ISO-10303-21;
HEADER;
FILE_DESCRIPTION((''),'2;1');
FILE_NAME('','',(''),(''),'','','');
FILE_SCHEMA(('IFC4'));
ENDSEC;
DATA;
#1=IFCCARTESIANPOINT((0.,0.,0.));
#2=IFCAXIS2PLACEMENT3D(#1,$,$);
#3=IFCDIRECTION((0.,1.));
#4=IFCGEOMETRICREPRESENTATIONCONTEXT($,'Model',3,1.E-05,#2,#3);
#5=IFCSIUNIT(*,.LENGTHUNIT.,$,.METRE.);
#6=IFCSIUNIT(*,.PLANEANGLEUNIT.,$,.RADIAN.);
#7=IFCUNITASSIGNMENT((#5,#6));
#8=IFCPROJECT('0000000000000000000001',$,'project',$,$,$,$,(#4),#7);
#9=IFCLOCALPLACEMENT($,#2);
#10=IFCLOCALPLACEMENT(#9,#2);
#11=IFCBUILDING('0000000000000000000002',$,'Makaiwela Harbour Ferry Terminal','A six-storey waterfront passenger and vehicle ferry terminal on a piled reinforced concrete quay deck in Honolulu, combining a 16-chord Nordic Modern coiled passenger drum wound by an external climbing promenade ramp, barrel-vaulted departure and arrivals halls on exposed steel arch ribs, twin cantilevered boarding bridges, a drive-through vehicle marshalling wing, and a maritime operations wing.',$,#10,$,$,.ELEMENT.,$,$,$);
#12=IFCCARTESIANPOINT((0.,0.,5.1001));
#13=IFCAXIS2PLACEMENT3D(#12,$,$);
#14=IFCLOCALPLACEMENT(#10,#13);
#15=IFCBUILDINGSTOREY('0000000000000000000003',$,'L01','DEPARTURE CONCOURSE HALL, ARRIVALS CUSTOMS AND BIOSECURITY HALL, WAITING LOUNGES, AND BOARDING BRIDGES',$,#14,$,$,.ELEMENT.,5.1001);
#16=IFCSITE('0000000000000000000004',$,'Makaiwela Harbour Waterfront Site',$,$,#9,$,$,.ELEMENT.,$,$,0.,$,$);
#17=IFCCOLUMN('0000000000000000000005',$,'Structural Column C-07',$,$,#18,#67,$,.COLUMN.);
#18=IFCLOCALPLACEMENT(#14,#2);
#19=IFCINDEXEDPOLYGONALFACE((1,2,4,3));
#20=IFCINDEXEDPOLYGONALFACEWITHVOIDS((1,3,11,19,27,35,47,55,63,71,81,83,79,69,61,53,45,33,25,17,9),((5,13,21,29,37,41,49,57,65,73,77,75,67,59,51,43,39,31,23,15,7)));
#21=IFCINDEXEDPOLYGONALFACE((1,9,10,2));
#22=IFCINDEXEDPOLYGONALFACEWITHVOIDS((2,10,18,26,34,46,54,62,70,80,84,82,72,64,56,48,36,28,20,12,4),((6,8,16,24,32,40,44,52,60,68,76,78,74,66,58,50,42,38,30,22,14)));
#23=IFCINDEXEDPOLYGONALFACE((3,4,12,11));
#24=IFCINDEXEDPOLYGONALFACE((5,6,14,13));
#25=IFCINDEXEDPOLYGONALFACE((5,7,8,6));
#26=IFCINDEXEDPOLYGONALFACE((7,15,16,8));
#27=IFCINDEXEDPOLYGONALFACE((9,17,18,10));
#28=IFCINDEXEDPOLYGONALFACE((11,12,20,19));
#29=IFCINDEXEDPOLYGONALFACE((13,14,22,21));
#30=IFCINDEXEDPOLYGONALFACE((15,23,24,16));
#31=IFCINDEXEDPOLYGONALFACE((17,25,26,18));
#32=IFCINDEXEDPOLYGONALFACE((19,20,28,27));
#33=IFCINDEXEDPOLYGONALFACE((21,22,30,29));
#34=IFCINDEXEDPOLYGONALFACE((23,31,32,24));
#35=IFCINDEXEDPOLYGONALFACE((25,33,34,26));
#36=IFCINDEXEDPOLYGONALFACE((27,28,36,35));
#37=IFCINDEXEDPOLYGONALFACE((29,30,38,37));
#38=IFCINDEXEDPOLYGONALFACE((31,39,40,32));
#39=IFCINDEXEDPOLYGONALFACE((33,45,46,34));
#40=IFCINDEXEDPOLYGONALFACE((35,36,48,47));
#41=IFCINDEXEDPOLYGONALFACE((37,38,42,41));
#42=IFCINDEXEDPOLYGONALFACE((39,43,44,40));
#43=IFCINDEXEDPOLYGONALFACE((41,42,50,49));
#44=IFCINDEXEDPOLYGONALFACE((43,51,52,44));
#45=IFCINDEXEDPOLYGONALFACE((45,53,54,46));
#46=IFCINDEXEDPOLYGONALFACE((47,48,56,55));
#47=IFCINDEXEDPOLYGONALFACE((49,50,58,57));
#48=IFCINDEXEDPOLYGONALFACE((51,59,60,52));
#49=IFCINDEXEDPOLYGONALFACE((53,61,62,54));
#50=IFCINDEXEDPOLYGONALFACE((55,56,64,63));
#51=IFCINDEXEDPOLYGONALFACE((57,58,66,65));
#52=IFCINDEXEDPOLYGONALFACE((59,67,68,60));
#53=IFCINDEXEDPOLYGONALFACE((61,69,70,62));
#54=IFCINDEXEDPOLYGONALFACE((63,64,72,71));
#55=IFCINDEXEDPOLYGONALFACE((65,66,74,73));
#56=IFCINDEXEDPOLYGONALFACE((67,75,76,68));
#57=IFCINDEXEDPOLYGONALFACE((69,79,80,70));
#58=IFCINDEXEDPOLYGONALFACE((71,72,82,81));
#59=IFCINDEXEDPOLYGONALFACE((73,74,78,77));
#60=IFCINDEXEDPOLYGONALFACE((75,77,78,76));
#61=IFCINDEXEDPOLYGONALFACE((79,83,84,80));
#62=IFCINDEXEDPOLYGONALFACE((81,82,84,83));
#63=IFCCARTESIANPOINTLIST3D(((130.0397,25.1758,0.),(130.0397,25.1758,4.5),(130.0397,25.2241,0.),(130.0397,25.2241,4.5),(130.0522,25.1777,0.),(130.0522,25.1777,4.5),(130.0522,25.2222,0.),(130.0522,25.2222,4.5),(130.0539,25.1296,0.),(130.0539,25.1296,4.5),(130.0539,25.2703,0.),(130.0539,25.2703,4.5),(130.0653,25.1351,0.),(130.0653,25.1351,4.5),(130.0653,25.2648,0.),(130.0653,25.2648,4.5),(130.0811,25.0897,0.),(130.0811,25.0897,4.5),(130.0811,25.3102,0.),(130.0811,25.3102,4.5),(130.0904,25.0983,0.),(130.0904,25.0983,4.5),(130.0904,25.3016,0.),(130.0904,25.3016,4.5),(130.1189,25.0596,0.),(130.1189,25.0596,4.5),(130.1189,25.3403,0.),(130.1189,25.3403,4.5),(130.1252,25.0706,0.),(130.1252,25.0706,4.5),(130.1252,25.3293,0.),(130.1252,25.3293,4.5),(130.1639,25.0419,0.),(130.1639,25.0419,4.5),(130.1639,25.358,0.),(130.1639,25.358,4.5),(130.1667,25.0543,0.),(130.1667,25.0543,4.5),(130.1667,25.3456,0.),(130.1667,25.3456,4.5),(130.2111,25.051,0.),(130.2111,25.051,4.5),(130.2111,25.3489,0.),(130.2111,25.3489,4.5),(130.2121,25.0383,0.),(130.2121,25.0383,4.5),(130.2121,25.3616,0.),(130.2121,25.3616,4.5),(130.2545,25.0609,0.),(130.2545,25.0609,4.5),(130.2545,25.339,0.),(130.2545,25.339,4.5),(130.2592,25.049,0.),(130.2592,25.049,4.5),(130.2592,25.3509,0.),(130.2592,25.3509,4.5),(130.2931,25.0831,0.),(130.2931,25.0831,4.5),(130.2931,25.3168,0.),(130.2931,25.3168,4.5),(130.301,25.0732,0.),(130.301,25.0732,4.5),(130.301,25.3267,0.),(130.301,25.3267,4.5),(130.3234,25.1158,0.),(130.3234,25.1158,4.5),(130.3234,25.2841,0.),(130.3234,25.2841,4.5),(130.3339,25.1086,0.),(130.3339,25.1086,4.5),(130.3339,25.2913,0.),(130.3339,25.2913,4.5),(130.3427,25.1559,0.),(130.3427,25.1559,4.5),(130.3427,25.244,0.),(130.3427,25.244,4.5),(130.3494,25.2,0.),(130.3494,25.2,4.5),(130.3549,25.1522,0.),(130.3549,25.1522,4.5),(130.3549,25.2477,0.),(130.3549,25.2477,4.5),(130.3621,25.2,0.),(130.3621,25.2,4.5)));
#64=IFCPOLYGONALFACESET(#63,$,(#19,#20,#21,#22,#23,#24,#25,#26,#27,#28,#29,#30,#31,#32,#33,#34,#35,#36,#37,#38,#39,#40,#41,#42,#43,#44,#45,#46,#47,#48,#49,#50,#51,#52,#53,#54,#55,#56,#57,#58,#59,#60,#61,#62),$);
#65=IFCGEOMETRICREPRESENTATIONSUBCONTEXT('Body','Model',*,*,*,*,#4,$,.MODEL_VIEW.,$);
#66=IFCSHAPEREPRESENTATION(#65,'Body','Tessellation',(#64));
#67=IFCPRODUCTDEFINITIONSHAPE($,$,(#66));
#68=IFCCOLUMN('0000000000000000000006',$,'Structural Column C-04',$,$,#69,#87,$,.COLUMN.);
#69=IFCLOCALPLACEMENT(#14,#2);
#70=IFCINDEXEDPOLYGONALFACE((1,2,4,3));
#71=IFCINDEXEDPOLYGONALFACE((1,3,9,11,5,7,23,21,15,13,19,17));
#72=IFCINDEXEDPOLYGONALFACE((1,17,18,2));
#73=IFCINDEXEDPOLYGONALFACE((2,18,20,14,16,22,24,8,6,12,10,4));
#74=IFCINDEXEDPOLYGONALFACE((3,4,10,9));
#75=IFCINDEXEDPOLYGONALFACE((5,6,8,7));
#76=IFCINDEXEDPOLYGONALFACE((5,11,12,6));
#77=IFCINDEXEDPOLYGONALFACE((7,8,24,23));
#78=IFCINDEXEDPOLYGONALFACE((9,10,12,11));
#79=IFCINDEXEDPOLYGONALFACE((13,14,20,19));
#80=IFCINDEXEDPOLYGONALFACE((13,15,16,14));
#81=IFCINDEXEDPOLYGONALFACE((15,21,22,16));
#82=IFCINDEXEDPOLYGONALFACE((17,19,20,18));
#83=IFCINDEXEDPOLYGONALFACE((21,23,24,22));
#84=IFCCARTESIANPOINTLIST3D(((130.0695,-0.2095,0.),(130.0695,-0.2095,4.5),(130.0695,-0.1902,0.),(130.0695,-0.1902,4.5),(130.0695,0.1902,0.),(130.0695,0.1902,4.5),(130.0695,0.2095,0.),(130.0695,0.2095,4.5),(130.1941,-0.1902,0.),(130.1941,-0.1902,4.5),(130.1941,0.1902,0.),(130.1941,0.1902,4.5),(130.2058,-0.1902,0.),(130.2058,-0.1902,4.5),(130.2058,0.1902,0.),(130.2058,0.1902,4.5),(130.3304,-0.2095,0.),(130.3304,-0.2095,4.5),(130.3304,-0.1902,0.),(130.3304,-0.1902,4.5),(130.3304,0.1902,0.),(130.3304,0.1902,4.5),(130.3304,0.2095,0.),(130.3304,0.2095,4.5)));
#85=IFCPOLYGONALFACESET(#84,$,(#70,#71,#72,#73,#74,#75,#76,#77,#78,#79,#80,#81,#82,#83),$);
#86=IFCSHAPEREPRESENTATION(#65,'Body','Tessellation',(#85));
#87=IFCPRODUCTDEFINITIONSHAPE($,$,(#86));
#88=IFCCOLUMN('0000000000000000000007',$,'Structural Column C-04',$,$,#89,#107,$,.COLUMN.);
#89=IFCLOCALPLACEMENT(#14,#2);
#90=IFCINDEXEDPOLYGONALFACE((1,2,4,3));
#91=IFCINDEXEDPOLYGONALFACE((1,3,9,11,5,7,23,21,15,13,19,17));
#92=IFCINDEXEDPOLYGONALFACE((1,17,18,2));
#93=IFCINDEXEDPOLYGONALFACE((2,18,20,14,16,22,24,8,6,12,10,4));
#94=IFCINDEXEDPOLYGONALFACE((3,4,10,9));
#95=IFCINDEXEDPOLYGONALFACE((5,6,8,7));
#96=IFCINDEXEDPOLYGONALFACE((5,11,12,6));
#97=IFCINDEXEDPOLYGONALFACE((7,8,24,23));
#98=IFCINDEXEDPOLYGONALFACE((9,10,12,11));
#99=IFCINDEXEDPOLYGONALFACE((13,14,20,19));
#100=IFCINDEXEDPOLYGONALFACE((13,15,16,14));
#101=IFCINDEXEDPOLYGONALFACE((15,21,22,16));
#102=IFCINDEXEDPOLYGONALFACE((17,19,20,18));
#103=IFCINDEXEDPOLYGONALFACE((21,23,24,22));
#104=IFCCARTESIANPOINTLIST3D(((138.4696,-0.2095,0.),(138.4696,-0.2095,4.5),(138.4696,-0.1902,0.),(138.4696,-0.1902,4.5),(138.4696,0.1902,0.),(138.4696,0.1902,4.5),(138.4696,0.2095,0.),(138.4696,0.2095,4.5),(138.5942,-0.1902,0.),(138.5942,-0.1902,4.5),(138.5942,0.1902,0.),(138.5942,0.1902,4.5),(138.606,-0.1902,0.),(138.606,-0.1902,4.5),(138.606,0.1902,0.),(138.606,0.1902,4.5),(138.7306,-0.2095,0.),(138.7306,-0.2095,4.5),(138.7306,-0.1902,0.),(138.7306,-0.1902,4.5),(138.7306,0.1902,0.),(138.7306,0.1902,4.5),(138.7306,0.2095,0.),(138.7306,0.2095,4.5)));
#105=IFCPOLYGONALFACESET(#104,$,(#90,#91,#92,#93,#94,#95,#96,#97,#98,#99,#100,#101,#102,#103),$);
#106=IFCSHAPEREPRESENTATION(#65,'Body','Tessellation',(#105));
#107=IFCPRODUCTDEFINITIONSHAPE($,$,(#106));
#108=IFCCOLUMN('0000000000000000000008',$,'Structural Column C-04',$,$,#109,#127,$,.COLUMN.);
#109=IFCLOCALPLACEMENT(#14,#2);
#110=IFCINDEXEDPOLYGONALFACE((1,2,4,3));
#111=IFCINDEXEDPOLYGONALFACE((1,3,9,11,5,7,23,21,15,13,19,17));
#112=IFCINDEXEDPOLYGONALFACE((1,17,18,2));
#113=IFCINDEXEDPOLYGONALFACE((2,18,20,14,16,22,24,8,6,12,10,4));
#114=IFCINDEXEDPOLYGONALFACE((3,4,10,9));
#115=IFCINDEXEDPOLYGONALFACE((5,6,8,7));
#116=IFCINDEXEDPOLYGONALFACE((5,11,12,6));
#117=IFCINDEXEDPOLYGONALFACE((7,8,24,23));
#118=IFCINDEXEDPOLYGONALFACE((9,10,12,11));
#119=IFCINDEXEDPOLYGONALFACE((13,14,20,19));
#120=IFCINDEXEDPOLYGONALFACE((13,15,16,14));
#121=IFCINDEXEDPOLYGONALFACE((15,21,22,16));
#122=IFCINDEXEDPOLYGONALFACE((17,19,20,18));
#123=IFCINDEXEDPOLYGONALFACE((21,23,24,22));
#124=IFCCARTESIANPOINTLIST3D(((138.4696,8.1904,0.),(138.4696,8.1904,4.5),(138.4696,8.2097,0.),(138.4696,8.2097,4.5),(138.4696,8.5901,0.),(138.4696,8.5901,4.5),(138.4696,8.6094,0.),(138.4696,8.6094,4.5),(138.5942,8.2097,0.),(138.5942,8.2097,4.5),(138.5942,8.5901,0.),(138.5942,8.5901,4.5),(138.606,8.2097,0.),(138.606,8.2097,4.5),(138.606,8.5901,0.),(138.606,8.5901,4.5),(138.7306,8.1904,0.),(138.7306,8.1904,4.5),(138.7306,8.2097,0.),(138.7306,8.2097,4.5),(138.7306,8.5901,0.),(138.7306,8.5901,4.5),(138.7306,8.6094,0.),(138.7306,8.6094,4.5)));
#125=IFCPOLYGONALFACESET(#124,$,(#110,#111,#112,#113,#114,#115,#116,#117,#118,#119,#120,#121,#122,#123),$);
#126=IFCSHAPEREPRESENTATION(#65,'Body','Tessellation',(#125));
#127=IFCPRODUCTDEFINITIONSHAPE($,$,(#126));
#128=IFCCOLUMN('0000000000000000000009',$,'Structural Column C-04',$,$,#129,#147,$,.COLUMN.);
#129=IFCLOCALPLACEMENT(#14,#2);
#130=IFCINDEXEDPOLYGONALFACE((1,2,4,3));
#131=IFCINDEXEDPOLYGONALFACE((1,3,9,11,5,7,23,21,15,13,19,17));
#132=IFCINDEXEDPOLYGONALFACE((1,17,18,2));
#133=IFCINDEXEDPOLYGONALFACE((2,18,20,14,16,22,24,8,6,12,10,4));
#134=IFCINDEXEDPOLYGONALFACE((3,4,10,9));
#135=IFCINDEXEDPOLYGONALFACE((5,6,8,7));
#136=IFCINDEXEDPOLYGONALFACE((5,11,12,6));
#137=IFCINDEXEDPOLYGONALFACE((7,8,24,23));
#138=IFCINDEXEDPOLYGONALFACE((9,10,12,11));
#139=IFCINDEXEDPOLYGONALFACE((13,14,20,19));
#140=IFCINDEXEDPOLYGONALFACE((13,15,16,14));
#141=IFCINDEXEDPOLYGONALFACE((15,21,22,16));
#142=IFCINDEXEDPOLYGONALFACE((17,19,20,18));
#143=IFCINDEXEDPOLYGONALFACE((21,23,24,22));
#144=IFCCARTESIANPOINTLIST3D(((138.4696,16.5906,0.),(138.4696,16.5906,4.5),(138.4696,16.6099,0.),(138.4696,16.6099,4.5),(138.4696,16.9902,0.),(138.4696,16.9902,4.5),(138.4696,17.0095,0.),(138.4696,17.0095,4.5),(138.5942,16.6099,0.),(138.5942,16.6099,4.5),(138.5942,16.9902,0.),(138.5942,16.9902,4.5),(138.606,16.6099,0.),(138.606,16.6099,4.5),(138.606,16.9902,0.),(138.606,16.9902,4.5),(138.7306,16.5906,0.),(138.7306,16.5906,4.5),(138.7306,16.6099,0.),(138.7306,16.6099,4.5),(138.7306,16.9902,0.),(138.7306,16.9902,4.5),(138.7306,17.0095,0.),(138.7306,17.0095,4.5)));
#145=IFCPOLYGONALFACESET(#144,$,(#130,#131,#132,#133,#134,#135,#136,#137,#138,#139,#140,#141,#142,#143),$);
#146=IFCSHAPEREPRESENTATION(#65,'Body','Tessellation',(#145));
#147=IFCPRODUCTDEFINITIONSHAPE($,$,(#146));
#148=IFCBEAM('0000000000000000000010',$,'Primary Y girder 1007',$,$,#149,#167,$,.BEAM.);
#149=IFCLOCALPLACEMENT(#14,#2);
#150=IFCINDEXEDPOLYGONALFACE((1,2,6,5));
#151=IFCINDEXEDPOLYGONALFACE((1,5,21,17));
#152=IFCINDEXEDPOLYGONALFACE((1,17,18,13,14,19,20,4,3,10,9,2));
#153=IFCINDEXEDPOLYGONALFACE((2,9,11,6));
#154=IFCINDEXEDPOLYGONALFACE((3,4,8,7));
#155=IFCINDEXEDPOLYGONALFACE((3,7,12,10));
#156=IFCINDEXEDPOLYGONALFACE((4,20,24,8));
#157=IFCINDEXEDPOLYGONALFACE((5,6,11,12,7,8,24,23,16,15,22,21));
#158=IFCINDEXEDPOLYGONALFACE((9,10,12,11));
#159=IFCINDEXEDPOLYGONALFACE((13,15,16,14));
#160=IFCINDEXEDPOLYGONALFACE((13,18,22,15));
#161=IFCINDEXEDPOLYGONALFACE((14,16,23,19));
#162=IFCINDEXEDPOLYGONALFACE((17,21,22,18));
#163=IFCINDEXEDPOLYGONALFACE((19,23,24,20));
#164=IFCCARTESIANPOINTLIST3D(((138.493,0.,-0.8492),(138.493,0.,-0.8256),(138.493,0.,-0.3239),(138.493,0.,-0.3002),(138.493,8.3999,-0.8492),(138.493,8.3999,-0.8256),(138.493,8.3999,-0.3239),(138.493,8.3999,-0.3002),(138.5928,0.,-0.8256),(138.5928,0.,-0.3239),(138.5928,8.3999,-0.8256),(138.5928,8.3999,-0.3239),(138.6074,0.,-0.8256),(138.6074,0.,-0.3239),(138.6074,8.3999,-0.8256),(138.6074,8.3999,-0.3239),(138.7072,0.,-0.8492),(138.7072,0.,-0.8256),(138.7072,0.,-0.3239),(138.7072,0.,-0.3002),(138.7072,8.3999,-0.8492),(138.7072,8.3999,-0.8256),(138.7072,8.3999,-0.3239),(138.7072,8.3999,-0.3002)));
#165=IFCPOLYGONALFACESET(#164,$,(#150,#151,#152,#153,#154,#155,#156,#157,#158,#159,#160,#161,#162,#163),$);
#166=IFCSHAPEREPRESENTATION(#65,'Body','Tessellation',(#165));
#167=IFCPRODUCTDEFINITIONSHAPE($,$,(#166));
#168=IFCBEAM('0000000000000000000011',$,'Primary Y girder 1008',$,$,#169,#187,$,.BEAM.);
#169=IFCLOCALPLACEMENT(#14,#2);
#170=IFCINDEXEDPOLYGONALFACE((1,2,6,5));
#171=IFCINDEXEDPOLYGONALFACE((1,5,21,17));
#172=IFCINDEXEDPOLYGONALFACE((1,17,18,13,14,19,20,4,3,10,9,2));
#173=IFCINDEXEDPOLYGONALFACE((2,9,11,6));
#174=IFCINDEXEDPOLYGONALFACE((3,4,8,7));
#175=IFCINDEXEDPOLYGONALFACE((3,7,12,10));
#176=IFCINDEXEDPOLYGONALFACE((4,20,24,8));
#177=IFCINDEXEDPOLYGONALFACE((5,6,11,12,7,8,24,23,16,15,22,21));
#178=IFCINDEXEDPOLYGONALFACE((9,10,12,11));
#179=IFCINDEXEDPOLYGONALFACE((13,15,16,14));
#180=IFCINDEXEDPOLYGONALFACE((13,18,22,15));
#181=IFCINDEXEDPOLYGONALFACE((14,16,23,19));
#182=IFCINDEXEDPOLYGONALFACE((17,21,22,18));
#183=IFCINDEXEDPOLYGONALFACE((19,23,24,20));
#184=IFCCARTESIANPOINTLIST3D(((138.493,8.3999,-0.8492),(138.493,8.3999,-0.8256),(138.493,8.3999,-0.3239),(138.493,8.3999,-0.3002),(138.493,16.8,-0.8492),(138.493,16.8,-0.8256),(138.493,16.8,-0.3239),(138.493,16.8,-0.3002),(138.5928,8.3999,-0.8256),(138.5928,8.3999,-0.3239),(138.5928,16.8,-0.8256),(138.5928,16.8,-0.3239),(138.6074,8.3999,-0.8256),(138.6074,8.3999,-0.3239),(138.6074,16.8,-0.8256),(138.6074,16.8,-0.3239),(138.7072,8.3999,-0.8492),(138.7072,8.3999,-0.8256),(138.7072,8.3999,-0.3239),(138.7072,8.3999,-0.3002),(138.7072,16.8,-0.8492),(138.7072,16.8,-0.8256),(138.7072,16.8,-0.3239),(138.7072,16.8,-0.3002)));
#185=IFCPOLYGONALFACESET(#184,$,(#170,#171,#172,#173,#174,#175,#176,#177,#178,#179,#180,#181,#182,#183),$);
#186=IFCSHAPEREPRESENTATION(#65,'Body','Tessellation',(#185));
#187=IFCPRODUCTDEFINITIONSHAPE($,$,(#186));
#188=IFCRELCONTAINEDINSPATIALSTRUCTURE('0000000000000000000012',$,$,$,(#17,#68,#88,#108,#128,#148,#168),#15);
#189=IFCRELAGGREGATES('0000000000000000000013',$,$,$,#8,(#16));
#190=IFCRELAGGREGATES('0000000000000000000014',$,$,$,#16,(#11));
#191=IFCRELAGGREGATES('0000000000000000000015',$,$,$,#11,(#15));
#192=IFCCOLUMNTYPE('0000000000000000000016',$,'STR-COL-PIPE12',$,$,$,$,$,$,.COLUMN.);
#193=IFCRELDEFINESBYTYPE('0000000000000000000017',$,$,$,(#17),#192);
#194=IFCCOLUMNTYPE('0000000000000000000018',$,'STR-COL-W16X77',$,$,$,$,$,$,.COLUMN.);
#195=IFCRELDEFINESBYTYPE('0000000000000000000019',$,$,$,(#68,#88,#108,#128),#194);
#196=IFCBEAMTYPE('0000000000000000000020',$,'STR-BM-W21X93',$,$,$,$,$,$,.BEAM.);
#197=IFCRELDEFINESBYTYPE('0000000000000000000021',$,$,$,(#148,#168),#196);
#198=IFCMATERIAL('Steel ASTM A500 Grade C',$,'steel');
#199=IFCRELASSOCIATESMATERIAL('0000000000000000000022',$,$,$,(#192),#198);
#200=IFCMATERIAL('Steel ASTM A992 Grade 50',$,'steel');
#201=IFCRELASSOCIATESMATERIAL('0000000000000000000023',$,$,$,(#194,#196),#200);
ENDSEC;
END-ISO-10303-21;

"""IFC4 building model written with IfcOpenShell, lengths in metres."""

from ifc_helpers import new_model, si_unit, direction, frame, origin, origin_2d, place, context, subcontext, project, spatial, hollow_circle, i_section, extrude, material, material_profile, profile_set, type_object, element, save


model = new_model("IFC4")

# Units and contexts
model_context = context("Model", 3, precision=1e-05, world=origin(), true_north=direction((0.0, 1.0)))
body_context = subcontext(model_context, "Body", "Model", "MODEL_VIEW")
ifc_project = project(units=[si_unit("LENGTHUNIT", "METRE"), si_unit("PLANEANGLEUNIT", "RADIAN")], contexts=[model_context])

# Site, building, storey
site_placement = place(None, origin())
site = spatial("IfcSite", under=ifc_project, at=site_placement, Name="Makaiwela Harbour Waterfront Site", CompositionType="ELEMENT", RefElevation=0.0)
building_placement = place(site_placement, origin())
building = spatial("IfcBuilding", under=site, at=building_placement, Name="Makaiwela Harbour Ferry Terminal", Description="A six-storey waterfront passenger and vehicle ferry terminal on a piled reinforced concrete quay deck in Honolulu, combining a 16-chord Nordic Modern coiled passenger drum wound by an external climbing promenade ramp, barrel-vaulted departure and arrivals halls on exposed steel arch ribs, twin cantilevered boarding bridges, a drive-through vehicle marshalling wing, and a maritime operations wing.", CompositionType="ELEMENT")
storey_placement = place(building_placement, frame((0.0, 0.0, 5.1001)))
storey = spatial("IfcBuildingStorey", under=building, at=storey_placement, Name="L01", Description="DEPARTURE CONCOURSE HALL, ARRIVALS CUSTOMS AND BIOSECURITY HALL, WAITING LOUNGES, AND BOARDING BRIDGES", CompositionType="ELEMENT", Elevation=5.1001)

# Columns
ifc_material_1 = material(Name="Steel ASTM A500 Grade C", Category="steel")
ifc_material_profile_1 = material_profile(ifc_material_1, hollow_circle(Radius=0.1621, WallThickness=0.0127, at=origin_2d()), Name="PIPE12XS")
ifc_profile_set_1 = profile_set([ifc_material_profile_1], Name="Steel ASTM A500 Grade C")
column_type_1 = type_object("IfcColumnType", Name="STR-COL-PIPE12", PredefinedType="COLUMN", material=ifc_profile_set_1)
column_placement = place(storey_placement, frame((130.2, 25.2, 0.0), z_axis=(0.0, 0.0, 1.0), x_axis=(1.0, 0.0, 0.0)))
element("IfcColumn", 1, at=column_placement, inside=storey, type_object=column_type_1, Name="Structural Column C-07", PredefinedType="COLUMN", context=body_context, shape_type="SweptSolid", body=[
    extrude(hollow_circle(Radius=0.1621, WallThickness=0.0127, at=origin_2d()), origin(), (0.0, 0.0, 1.0), 4.5),
])
ifc_material_2 = material(Name="Steel ASTM A992 Grade 50", Category="steel")
ifc_material_profile_2 = material_profile(ifc_material_2, i_section(OverallWidth=0.261, OverallDepth=0.4189, WebThickness=0.0117, FlangeThickness=0.0193, at=origin_2d()), Name="W16X77")
ifc_profile_set_2 = profile_set([ifc_material_profile_2], Name="Steel ASTM A992 Grade 50")
column_type_2 = type_object("IfcColumnType", Name="STR-COL-W16X77", PredefinedType="COLUMN", material=ifc_profile_set_2)
for number, where, z_axis, x_axis, name in (
    (2, (130.2, 0.0, 0.0), (0.0, 0.0, 1.0), (1.0, 0.0, 0.0), "Structural Column C-04"),
    (3, (138.6001, 0.0, 0.0), (0.0, 0.0, 1.0), (1.0, 0.0, 0.0), "Structural Column C-04"),
    (4, (138.6001, 8.3999, 0.0), (0.0, 0.0, 1.0), (1.0, 0.0, 0.0), "Structural Column C-04"),
    (5, (138.6001, 16.8, 0.0), (0.0, 0.0, 1.0), (1.0, 0.0, 0.0), "Structural Column C-04"),
):
    element("IfcColumn", number, at=place(storey_placement, frame(where, z_axis=z_axis, x_axis=x_axis)), inside=storey, type_object=column_type_2, Name=name, PredefinedType="COLUMN", context=body_context, shape_type="SweptSolid", body=[
        extrude(i_section(OverallWidth=0.261, OverallDepth=0.4189, WebThickness=0.0117, FlangeThickness=0.0193, at=origin_2d()), origin(), (0.0, 0.0, 1.0), 4.5),
    ])

# Beams
ifc_material_profile_3 = material_profile(ifc_material_2, i_section(OverallWidth=0.2141, OverallDepth=0.5491, WebThickness=0.0146, FlangeThickness=0.0237, at=origin_2d()), Name="W21X93")
ifc_profile_set_3 = profile_set([ifc_material_profile_3], Name="Steel ASTM A992 Grade 50")
beam_type_1 = type_object("IfcBeamType", Name="STR-BM-W21X93", PredefinedType="BEAM", material=ifc_profile_set_3)
beam_1_placement = place(storey_placement, frame((138.6001, 0.0, -0.5747), z_axis=(0.0, 1.0, 0.0), x_axis=(-1.0, 0.0, 0.0)))
element("IfcBeam", 6, at=beam_1_placement, inside=storey, type_object=beam_type_1, Name="Primary Y girder 1007", PredefinedType="BEAM", context=body_context, shape_type="SweptSolid", body=[
    extrude(i_section(OverallWidth=0.2141, OverallDepth=0.5491, WebThickness=0.0146, FlangeThickness=0.0237, at=origin_2d()), origin(), (0.0, 0.0, 1.0), 8.3999),
])
beam_2_placement = place(storey_placement, frame((138.6001, 8.3999, -0.5747), z_axis=(0.0, 1.0, 0.0), x_axis=(-1.0, 0.0, 0.0)))
element("IfcBeam", 7, at=beam_2_placement, inside=storey, type_object=beam_type_1, Name="Primary Y girder 1008", PredefinedType="BEAM", context=body_context, shape_type="SweptSolid", body=[
    extrude(i_section(OverallWidth=0.2141, OverallDepth=0.5491, WebThickness=0.0146, FlangeThickness=0.0237, at=origin_2d()), origin(), (0.0, 0.0, 1.0), 8.4001),
])

save(model, "model.ifc")
